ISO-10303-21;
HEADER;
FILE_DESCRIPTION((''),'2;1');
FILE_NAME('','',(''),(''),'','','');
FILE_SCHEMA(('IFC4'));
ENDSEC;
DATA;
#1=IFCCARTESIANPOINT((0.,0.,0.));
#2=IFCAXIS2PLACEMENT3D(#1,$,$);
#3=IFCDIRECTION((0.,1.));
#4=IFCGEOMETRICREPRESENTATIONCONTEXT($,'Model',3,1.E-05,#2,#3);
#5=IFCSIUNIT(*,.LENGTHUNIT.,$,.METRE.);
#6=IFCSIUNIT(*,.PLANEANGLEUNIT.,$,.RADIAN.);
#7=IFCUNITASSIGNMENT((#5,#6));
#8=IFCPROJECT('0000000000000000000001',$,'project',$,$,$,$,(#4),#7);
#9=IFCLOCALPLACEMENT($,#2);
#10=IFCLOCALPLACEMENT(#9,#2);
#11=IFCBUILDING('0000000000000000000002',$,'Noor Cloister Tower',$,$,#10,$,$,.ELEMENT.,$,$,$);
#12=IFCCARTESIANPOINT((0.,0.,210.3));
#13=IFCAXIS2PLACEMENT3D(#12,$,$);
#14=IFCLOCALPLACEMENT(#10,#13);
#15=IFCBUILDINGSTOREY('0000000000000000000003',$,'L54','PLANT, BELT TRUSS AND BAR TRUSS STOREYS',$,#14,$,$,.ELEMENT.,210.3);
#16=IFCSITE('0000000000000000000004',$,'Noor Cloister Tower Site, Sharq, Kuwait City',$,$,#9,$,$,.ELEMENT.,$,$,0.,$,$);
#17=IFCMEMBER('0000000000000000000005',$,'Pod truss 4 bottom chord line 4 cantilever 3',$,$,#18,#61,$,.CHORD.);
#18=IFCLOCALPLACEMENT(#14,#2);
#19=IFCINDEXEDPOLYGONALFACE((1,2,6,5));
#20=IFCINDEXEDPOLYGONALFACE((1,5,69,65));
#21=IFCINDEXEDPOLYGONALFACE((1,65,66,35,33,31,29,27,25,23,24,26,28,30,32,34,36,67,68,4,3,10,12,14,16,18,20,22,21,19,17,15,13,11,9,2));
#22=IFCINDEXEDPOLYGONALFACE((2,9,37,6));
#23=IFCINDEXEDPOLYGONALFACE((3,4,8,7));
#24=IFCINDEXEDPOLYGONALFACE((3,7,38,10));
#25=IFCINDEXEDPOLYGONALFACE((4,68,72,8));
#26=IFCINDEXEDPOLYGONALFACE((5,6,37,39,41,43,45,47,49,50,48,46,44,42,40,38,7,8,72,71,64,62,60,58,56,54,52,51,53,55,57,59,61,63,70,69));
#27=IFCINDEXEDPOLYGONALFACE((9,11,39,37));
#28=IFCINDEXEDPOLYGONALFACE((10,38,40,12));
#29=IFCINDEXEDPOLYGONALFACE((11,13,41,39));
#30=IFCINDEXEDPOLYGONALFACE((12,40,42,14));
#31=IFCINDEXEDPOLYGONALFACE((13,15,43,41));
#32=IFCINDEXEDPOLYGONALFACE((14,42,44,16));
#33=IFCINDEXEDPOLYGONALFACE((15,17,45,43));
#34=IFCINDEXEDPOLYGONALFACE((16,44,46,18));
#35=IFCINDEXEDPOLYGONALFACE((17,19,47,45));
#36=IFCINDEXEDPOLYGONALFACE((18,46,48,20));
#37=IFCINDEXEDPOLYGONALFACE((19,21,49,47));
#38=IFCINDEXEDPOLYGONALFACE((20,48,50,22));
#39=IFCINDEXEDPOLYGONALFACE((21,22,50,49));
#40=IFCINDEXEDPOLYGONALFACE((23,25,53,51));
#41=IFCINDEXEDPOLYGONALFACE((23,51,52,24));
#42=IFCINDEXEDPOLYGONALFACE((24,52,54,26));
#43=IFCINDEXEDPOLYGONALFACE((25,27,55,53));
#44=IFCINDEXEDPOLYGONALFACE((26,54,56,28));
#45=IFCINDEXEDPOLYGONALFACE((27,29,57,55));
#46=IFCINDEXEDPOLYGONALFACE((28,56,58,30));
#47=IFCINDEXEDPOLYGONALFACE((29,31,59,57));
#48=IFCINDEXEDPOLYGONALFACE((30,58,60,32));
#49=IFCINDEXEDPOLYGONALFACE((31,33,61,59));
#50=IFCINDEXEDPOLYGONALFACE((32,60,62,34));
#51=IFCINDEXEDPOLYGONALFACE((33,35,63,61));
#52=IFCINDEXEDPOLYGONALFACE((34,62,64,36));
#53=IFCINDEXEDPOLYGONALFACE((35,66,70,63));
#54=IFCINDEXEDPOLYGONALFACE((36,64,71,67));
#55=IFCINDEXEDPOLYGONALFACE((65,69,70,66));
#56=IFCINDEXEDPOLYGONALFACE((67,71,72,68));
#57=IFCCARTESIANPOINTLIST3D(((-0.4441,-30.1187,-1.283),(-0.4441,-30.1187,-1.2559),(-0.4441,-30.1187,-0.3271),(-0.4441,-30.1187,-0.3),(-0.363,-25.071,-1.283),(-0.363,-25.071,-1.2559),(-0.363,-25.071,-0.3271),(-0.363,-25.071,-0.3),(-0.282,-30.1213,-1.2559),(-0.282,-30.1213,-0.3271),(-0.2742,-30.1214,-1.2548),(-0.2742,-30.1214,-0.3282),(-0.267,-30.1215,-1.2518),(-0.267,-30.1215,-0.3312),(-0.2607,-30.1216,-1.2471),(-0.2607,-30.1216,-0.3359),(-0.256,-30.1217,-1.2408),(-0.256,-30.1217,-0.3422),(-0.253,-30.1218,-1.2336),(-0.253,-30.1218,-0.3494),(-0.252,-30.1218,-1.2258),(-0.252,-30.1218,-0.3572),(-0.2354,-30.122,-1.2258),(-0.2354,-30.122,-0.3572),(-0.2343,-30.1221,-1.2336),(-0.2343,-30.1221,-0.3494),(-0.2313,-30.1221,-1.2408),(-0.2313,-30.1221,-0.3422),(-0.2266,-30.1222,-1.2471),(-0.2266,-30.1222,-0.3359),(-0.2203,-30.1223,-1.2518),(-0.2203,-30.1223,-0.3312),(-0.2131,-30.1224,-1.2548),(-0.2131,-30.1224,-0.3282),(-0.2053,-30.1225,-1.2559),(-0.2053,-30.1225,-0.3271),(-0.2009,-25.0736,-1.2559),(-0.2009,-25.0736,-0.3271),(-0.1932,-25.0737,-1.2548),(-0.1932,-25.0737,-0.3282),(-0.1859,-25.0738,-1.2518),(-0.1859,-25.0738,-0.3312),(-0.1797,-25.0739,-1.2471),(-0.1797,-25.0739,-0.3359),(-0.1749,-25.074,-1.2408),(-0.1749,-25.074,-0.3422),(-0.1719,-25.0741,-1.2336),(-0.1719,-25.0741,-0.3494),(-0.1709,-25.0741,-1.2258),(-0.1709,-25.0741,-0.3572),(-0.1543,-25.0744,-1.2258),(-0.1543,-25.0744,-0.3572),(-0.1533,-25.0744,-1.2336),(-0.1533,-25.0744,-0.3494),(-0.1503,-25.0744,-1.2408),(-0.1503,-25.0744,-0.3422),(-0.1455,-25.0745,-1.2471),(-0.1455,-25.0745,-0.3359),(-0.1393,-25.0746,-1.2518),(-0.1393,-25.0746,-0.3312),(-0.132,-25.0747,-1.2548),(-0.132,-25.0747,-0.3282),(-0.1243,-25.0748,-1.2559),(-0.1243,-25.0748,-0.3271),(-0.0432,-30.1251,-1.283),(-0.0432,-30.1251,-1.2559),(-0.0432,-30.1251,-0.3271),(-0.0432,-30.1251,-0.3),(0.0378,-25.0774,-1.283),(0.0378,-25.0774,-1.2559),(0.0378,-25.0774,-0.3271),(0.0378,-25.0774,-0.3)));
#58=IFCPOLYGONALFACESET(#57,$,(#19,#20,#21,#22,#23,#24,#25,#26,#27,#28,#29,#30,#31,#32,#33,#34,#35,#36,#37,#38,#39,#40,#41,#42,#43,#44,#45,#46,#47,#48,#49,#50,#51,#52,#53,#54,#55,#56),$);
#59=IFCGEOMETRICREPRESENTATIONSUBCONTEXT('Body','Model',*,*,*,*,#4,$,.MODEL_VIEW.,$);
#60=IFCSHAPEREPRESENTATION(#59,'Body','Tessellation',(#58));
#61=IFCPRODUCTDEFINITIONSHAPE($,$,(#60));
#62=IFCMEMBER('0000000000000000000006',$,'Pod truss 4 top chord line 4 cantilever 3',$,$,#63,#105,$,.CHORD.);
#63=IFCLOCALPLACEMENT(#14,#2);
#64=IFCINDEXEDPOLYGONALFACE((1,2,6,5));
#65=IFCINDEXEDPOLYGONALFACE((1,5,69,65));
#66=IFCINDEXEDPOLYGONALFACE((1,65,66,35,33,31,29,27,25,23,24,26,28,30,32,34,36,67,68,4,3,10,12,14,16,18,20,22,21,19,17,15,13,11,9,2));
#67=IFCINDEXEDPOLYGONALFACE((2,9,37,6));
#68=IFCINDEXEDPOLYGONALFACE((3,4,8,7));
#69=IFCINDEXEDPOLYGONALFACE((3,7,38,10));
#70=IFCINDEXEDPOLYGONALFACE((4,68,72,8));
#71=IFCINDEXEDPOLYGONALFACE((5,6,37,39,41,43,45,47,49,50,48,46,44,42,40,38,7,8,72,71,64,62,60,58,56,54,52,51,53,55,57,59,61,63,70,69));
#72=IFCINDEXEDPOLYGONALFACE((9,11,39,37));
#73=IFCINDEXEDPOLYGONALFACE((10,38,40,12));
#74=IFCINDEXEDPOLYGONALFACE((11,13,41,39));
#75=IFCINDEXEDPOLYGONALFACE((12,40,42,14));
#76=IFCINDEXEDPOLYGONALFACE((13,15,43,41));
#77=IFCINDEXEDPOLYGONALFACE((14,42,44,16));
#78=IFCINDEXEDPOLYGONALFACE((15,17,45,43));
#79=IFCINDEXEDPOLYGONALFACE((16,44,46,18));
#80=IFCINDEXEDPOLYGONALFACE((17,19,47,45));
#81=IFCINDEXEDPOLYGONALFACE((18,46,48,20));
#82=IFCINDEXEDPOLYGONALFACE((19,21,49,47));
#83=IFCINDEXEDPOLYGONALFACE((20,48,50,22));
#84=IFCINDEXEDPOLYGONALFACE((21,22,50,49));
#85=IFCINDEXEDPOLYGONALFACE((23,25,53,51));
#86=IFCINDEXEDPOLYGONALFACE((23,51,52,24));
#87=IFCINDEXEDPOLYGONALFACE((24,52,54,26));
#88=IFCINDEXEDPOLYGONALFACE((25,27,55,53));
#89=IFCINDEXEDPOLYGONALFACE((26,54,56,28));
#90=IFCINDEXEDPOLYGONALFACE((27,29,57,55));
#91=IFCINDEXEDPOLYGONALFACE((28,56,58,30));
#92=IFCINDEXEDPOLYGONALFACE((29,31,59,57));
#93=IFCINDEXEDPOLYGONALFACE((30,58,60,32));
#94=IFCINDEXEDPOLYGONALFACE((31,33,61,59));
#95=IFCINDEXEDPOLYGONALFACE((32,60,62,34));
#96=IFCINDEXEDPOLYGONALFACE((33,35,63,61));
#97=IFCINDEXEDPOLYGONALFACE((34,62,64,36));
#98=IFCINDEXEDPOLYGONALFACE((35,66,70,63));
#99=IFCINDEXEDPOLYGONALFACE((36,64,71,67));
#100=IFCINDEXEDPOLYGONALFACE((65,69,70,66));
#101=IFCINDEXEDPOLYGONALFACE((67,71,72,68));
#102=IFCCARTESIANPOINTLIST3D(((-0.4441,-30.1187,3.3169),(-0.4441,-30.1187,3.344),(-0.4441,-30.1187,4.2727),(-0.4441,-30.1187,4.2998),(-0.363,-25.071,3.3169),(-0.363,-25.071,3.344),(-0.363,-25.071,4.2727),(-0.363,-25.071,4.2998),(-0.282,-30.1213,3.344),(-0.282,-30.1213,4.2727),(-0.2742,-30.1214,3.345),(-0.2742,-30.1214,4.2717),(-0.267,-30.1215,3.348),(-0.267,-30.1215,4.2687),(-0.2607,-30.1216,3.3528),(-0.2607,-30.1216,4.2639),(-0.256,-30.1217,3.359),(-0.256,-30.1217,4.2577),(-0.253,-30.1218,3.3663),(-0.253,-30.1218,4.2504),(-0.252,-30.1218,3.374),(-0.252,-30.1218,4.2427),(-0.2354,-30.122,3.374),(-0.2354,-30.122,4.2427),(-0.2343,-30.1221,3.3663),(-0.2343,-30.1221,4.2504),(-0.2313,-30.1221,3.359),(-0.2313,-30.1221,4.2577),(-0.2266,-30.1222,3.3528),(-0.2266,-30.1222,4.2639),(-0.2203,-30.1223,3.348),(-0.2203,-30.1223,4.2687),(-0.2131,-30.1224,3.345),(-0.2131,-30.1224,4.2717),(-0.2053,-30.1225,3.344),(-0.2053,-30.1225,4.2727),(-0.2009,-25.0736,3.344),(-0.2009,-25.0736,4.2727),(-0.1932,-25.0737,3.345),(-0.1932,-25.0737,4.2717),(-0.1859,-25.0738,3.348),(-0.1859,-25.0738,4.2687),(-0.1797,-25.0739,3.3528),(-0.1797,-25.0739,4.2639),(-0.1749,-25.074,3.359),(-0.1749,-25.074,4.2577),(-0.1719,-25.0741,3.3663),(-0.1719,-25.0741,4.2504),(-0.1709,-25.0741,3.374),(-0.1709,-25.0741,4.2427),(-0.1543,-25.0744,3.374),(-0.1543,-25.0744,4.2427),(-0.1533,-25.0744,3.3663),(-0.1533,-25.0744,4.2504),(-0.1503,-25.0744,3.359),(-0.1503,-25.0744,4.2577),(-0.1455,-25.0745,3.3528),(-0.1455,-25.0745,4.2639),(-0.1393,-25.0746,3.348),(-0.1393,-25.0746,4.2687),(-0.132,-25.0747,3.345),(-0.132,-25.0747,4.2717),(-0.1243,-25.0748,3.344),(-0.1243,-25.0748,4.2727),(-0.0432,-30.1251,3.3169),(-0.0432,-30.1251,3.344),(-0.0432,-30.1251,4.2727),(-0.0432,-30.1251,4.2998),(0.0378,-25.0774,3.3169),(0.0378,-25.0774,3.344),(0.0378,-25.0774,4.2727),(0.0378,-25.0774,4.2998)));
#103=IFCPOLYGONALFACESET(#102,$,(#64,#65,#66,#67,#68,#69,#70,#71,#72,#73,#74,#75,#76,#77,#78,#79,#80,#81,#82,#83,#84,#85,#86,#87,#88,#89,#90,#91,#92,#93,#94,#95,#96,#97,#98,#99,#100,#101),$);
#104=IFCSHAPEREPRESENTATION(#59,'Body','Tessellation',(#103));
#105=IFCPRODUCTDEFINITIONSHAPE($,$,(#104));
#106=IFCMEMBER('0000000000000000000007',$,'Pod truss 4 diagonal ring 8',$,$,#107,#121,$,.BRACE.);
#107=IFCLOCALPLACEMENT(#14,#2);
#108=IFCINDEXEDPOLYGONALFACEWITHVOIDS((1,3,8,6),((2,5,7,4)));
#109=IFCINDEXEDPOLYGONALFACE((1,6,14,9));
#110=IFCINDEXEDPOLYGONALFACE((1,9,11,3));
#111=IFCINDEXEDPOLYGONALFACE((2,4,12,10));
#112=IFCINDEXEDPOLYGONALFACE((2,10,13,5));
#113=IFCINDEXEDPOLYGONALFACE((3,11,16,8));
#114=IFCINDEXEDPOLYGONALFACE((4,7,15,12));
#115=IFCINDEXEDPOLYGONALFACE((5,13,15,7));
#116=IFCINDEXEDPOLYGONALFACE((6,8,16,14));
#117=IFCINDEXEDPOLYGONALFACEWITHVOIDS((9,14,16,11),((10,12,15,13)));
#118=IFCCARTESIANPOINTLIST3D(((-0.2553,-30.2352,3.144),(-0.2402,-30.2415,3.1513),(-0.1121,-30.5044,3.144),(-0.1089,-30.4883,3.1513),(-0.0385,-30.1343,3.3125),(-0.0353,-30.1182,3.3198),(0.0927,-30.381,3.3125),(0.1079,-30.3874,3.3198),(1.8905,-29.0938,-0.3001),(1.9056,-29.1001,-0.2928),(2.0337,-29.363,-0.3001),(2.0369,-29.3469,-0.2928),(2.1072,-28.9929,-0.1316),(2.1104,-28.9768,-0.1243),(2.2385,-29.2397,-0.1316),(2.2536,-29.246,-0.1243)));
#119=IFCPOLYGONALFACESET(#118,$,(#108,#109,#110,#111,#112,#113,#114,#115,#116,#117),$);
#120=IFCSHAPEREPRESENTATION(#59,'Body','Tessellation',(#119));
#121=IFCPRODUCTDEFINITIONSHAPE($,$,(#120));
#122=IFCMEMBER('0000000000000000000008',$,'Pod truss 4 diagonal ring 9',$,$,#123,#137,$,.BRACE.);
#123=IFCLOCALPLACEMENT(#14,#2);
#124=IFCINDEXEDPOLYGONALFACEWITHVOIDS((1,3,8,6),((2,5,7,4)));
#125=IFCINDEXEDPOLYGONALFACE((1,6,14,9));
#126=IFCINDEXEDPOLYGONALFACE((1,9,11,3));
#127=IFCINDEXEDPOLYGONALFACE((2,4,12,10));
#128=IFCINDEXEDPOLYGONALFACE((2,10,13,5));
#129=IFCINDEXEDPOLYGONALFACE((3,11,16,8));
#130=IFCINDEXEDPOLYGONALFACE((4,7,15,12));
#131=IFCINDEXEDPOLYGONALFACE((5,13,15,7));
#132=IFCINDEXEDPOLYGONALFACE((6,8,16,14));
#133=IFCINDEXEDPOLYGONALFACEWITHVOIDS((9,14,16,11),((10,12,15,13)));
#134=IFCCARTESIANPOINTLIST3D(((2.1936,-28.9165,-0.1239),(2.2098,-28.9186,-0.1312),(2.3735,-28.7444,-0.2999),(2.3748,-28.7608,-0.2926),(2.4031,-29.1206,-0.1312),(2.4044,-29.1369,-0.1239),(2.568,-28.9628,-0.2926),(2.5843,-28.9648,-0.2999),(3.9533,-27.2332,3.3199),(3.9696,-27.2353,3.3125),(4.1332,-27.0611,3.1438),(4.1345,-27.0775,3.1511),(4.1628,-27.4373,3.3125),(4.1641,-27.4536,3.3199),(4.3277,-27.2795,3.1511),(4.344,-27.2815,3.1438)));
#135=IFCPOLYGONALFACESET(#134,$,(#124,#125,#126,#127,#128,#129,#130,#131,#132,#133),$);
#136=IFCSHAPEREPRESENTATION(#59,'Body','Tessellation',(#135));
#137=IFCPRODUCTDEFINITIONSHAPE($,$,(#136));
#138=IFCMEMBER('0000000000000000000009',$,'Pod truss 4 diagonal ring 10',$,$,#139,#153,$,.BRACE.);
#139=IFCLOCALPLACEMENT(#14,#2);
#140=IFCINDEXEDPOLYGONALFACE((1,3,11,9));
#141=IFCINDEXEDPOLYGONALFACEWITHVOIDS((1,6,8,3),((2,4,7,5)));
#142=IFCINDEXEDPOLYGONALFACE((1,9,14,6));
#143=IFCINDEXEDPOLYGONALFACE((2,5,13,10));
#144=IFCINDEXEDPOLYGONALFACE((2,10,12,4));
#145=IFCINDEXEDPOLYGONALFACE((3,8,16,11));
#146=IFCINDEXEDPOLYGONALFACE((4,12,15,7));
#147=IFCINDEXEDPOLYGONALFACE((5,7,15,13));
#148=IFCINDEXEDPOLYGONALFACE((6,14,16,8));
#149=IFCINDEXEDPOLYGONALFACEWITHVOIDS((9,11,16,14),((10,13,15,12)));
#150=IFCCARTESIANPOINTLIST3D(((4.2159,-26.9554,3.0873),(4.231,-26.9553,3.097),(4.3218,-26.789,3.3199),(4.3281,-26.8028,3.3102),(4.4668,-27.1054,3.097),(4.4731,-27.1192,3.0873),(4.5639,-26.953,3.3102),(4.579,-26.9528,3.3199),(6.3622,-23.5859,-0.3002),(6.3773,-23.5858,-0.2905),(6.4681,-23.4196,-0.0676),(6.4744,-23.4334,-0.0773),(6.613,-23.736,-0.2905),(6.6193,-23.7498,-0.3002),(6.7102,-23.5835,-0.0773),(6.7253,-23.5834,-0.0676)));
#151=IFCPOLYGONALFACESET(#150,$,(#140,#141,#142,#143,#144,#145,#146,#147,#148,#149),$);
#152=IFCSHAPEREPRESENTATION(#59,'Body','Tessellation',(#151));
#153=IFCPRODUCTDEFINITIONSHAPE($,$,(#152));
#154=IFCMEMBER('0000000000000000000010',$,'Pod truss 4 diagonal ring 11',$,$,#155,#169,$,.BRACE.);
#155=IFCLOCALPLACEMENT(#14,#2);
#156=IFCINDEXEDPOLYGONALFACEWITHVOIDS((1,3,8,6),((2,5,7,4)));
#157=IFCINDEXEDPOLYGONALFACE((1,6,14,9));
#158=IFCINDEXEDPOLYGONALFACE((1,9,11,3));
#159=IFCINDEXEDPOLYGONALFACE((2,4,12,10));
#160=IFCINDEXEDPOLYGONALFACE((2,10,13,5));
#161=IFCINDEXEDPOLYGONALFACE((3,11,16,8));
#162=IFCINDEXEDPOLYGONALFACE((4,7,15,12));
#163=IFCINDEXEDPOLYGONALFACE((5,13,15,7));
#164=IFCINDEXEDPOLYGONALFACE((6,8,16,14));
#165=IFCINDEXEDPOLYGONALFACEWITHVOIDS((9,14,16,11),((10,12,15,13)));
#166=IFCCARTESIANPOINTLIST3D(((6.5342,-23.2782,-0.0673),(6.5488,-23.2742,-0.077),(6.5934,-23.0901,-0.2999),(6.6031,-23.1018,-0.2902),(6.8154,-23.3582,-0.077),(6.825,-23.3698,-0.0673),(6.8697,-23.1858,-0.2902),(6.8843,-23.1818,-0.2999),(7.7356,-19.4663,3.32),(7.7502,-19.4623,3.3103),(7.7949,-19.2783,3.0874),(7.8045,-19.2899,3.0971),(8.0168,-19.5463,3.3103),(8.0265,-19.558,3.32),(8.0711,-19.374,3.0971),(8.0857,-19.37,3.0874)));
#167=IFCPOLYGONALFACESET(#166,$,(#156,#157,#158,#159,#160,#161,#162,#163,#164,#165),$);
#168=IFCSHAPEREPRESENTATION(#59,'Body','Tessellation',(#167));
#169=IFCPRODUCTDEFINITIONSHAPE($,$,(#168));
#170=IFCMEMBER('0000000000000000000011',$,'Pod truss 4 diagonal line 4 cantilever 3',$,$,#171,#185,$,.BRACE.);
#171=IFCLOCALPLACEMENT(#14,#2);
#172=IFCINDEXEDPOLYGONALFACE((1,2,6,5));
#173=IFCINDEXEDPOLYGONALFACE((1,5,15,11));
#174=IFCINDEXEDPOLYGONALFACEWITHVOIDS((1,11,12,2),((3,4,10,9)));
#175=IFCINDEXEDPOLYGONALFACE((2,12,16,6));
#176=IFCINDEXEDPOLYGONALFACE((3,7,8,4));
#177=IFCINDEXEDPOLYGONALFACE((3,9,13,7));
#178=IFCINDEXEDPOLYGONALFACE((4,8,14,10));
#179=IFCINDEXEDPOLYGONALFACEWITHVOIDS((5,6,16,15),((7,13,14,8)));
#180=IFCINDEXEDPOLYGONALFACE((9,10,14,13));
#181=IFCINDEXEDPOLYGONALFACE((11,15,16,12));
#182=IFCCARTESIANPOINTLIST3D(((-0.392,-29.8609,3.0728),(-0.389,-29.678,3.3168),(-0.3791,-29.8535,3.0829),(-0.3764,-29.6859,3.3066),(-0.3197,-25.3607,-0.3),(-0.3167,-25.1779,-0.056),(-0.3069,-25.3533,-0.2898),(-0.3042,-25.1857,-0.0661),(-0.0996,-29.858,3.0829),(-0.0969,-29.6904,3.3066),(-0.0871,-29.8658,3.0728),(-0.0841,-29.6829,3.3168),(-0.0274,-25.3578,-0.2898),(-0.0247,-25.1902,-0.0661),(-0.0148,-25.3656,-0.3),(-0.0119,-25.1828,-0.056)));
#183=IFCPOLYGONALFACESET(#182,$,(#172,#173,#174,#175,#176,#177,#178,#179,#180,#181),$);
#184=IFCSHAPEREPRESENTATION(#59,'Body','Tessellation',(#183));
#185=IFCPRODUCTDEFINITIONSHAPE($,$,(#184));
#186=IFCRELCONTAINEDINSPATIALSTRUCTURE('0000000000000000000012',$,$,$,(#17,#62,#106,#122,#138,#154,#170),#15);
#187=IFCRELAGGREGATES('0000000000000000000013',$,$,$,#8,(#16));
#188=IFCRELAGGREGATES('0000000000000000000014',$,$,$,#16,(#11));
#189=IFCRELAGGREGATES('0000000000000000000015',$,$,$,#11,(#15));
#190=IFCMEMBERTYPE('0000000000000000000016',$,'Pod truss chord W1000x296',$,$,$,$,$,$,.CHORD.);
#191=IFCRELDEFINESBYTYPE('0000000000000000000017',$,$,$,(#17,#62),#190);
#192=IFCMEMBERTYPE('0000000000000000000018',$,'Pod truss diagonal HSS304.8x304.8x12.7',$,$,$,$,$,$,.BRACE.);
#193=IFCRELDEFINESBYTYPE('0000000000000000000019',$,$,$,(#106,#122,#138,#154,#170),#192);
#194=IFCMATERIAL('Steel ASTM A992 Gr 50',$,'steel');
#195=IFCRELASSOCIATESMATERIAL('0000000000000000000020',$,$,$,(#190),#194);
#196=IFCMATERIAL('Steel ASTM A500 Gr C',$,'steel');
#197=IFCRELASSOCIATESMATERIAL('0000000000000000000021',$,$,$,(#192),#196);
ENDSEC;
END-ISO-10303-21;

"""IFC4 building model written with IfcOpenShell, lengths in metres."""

from ifc_helpers import new_model, si_unit, direction, frame, origin, origin_2d, place, context, subcontext, project, spatial, hollow_rectangle, i_section, extrude, material, material_profile, profile_set, type_object, element, save


model = new_model("IFC4")

# Units and contexts
model_context = context("Model", 3, precision=1e-05, world=origin(), true_north=direction((0.0, 1.0)))
body_context = subcontext(model_context, "Body", "Model", "MODEL_VIEW")
ifc_project = project(units=[si_unit("LENGTHUNIT", "METRE"), si_unit("PLANEANGLEUNIT", "RADIAN")], contexts=[model_context])

# Site, building, storey
site_placement = place(None, origin())
site = spatial("IfcSite", under=ifc_project, at=site_placement, Name="Noor Cloister Tower Site, Sharq, Kuwait City", CompositionType="ELEMENT", RefElevation=0.0)
building_placement = place(site_placement, origin())
building = spatial("IfcBuilding", under=site, at=building_placement, Name="Noor Cloister Tower", CompositionType="ELEMENT")
storey_placement = place(building_placement, frame((0.0, 0.0, 210.3)))
storey = spatial("IfcBuildingStorey", under=building, at=storey_placement, Name="L54", Description="PLANT, BELT TRUSS AND BAR TRUSS STOREYS", CompositionType="ELEMENT", Elevation=210.3)

# Members
ifc_material_1 = material(Name="Steel ASTM A992 Gr 50", Category="steel")
ifc_material_profile_1 = material_profile(ifc_material_1, i_section(OverallWidth=0.4009, OverallDepth=0.9829, WebThickness=0.0166, FlangeThickness=0.0271, FilletRadius=0.03, at=origin_2d()), Name="W1000x296")
ifc_profile_set_1 = profile_set([ifc_material_profile_1], Name="Steel ASTM A992 Gr 50")
member_type_1 = type_object("IfcMemberType", Name="Pod truss chord W1000x296", PredefinedType="CHORD", material=ifc_profile_set_1)
for number, where, z_axis, x_axis, name in (
    (1, (-0.1626, -25.0742, -0.7915), (-0.016056, -0.999871, 0.0), (0.999871, -0.016056, 0.0), "Pod truss 4 bottom chord line 4 cantilever 3"),
    (2, (-0.1626, -25.0742, 3.8083), (-0.016056, -0.999871, 0.0), (0.999871, -0.016056, 0.0), "Pod truss 4 top chord line 4 cantilever 3"),
):
    element("IfcMember", number, at=place(storey_placement, frame(where, z_axis=z_axis, x_axis=x_axis)), inside=storey, type_object=member_type_1, Name=name, PredefinedType="CHORD", context=body_context, shape_type="SweptSolid", body=[
        extrude(i_section(OverallWidth=0.4009, OverallDepth=0.9829, WebThickness=0.0166, FlangeThickness=0.0271, FilletRadius=0.03, at=origin_2d()), origin(), (0.0, 0.0, 1.0), 5.0483),
    ])
ifc_material_2 = material(Name="Steel ASTM A500 Gr C", Category="steel")
ifc_material_profile_2 = material_profile(ifc_material_2, hollow_rectangle(XDim=0.3049, YDim=0.3049, WallThickness=0.0127, at=origin_2d()), Name="HSS304.8x304.8x12.7")
ifc_profile_set_2 = profile_set([ifc_material_profile_2], Name="Steel ASTM A500 Gr C")
member_type_2 = type_object("IfcMemberType", Name="Pod truss diagonal HSS304.8x304.8x12.7", PredefinedType="BRACE", material=ifc_profile_set_2)
member_1_placement = place(storey_placement, frame((-0.0737, -30.3113, 3.2319), z_axis=(0.50904, 0.270766, -0.817046), x_axis=(-0.469613, 0.882872, 0.0)))
element("IfcMember", 3, at=member_1_placement, inside=storey, type_object=member_type_2, Name="Pod truss 4 diagonal ring 8", PredefinedType="BRACE", context=body_context, shape_type="SweptSolid", body=[
    extrude(hollow_rectangle(XDim=0.3049, YDim=0.3049, WallThickness=0.0127, at=origin_2d()), origin(), (0.0, 0.0, 1.0), 4.2153),
])
member_2_placement = place(storey_placement, frame((2.3889, -28.9407, -0.2119), z_axis=(0.417215, 0.399098, 0.816487), x_axis=(-0.691243, 0.722622, 0.0)))
element("IfcMember", 4, at=member_2_placement, inside=storey, type_object=member_type_2, Name="Pod truss 4 diagonal ring 9", PredefinedType="BRACE", context=body_context, shape_type="SweptSolid", body=[
    extrude(hollow_rectangle(XDim=0.3049, YDim=0.3049, WallThickness=0.0127, at=origin_2d()), origin(), (0.0, 0.0, 1.0), 4.2178),
])
member_3_placement = place(storey_placement, frame((4.3975, -26.9541, 3.2036), z_axis=(0.409765, 0.64329, -0.646739), x_axis=(-0.843425, 0.537247, 0.0)))
element("IfcMember", 5, at=member_3_placement, inside=storey, type_object=member_type_2, Name="Pod truss 4 diagonal ring 10", PredefinedType="BRACE", context=body_context, shape_type="SweptSolid", body=[
    extrude(hollow_rectangle(XDim=0.3049, YDim=0.3049, WallThickness=0.0127, at=origin_2d()), origin(), (0.0, 0.0, 1.0), 5.2378),
])
member_4_placement = place(storey_placement, frame((6.7092, -23.23, -0.1836), z_axis=(0.229326, 0.727588, 0.646548), x_axis=(-0.953748, 0.300608, 0.0)))
element("IfcMember", 6, at=member_4_placement, inside=storey, type_object=member_type_2, Name="Pod truss 4 diagonal ring 11", PredefinedType="BRACE", context=body_context, shape_type="SweptSolid", body=[
    extrude(hollow_rectangle(XDim=0.3049, YDim=0.3049, WallThickness=0.0127, at=origin_2d()), origin(), (0.0, 0.0, 1.0), 5.239),
])
member_5_placement = place(storey_placement, frame((-0.1658, -25.2717, -0.178), z_axis=(-0.012849, -0.800137, 0.59968), x_axis=(0.999871, -0.016056, 0.0)))
element("IfcMember", 7, at=member_5_placement, inside=storey, type_object=member_type_2, Name="Pod truss 4 diagonal line 4 cantilever 3", PredefinedType="BRACE", context=body_context, shape_type="SweptSolid", body=[
    extrude(hollow_rectangle(XDim=0.3049, YDim=0.3049, WallThickness=0.0127, at=origin_2d()), origin(), (0.0, 0.0, 1.0), 5.6243),
])

save(model, "model.ifc")
